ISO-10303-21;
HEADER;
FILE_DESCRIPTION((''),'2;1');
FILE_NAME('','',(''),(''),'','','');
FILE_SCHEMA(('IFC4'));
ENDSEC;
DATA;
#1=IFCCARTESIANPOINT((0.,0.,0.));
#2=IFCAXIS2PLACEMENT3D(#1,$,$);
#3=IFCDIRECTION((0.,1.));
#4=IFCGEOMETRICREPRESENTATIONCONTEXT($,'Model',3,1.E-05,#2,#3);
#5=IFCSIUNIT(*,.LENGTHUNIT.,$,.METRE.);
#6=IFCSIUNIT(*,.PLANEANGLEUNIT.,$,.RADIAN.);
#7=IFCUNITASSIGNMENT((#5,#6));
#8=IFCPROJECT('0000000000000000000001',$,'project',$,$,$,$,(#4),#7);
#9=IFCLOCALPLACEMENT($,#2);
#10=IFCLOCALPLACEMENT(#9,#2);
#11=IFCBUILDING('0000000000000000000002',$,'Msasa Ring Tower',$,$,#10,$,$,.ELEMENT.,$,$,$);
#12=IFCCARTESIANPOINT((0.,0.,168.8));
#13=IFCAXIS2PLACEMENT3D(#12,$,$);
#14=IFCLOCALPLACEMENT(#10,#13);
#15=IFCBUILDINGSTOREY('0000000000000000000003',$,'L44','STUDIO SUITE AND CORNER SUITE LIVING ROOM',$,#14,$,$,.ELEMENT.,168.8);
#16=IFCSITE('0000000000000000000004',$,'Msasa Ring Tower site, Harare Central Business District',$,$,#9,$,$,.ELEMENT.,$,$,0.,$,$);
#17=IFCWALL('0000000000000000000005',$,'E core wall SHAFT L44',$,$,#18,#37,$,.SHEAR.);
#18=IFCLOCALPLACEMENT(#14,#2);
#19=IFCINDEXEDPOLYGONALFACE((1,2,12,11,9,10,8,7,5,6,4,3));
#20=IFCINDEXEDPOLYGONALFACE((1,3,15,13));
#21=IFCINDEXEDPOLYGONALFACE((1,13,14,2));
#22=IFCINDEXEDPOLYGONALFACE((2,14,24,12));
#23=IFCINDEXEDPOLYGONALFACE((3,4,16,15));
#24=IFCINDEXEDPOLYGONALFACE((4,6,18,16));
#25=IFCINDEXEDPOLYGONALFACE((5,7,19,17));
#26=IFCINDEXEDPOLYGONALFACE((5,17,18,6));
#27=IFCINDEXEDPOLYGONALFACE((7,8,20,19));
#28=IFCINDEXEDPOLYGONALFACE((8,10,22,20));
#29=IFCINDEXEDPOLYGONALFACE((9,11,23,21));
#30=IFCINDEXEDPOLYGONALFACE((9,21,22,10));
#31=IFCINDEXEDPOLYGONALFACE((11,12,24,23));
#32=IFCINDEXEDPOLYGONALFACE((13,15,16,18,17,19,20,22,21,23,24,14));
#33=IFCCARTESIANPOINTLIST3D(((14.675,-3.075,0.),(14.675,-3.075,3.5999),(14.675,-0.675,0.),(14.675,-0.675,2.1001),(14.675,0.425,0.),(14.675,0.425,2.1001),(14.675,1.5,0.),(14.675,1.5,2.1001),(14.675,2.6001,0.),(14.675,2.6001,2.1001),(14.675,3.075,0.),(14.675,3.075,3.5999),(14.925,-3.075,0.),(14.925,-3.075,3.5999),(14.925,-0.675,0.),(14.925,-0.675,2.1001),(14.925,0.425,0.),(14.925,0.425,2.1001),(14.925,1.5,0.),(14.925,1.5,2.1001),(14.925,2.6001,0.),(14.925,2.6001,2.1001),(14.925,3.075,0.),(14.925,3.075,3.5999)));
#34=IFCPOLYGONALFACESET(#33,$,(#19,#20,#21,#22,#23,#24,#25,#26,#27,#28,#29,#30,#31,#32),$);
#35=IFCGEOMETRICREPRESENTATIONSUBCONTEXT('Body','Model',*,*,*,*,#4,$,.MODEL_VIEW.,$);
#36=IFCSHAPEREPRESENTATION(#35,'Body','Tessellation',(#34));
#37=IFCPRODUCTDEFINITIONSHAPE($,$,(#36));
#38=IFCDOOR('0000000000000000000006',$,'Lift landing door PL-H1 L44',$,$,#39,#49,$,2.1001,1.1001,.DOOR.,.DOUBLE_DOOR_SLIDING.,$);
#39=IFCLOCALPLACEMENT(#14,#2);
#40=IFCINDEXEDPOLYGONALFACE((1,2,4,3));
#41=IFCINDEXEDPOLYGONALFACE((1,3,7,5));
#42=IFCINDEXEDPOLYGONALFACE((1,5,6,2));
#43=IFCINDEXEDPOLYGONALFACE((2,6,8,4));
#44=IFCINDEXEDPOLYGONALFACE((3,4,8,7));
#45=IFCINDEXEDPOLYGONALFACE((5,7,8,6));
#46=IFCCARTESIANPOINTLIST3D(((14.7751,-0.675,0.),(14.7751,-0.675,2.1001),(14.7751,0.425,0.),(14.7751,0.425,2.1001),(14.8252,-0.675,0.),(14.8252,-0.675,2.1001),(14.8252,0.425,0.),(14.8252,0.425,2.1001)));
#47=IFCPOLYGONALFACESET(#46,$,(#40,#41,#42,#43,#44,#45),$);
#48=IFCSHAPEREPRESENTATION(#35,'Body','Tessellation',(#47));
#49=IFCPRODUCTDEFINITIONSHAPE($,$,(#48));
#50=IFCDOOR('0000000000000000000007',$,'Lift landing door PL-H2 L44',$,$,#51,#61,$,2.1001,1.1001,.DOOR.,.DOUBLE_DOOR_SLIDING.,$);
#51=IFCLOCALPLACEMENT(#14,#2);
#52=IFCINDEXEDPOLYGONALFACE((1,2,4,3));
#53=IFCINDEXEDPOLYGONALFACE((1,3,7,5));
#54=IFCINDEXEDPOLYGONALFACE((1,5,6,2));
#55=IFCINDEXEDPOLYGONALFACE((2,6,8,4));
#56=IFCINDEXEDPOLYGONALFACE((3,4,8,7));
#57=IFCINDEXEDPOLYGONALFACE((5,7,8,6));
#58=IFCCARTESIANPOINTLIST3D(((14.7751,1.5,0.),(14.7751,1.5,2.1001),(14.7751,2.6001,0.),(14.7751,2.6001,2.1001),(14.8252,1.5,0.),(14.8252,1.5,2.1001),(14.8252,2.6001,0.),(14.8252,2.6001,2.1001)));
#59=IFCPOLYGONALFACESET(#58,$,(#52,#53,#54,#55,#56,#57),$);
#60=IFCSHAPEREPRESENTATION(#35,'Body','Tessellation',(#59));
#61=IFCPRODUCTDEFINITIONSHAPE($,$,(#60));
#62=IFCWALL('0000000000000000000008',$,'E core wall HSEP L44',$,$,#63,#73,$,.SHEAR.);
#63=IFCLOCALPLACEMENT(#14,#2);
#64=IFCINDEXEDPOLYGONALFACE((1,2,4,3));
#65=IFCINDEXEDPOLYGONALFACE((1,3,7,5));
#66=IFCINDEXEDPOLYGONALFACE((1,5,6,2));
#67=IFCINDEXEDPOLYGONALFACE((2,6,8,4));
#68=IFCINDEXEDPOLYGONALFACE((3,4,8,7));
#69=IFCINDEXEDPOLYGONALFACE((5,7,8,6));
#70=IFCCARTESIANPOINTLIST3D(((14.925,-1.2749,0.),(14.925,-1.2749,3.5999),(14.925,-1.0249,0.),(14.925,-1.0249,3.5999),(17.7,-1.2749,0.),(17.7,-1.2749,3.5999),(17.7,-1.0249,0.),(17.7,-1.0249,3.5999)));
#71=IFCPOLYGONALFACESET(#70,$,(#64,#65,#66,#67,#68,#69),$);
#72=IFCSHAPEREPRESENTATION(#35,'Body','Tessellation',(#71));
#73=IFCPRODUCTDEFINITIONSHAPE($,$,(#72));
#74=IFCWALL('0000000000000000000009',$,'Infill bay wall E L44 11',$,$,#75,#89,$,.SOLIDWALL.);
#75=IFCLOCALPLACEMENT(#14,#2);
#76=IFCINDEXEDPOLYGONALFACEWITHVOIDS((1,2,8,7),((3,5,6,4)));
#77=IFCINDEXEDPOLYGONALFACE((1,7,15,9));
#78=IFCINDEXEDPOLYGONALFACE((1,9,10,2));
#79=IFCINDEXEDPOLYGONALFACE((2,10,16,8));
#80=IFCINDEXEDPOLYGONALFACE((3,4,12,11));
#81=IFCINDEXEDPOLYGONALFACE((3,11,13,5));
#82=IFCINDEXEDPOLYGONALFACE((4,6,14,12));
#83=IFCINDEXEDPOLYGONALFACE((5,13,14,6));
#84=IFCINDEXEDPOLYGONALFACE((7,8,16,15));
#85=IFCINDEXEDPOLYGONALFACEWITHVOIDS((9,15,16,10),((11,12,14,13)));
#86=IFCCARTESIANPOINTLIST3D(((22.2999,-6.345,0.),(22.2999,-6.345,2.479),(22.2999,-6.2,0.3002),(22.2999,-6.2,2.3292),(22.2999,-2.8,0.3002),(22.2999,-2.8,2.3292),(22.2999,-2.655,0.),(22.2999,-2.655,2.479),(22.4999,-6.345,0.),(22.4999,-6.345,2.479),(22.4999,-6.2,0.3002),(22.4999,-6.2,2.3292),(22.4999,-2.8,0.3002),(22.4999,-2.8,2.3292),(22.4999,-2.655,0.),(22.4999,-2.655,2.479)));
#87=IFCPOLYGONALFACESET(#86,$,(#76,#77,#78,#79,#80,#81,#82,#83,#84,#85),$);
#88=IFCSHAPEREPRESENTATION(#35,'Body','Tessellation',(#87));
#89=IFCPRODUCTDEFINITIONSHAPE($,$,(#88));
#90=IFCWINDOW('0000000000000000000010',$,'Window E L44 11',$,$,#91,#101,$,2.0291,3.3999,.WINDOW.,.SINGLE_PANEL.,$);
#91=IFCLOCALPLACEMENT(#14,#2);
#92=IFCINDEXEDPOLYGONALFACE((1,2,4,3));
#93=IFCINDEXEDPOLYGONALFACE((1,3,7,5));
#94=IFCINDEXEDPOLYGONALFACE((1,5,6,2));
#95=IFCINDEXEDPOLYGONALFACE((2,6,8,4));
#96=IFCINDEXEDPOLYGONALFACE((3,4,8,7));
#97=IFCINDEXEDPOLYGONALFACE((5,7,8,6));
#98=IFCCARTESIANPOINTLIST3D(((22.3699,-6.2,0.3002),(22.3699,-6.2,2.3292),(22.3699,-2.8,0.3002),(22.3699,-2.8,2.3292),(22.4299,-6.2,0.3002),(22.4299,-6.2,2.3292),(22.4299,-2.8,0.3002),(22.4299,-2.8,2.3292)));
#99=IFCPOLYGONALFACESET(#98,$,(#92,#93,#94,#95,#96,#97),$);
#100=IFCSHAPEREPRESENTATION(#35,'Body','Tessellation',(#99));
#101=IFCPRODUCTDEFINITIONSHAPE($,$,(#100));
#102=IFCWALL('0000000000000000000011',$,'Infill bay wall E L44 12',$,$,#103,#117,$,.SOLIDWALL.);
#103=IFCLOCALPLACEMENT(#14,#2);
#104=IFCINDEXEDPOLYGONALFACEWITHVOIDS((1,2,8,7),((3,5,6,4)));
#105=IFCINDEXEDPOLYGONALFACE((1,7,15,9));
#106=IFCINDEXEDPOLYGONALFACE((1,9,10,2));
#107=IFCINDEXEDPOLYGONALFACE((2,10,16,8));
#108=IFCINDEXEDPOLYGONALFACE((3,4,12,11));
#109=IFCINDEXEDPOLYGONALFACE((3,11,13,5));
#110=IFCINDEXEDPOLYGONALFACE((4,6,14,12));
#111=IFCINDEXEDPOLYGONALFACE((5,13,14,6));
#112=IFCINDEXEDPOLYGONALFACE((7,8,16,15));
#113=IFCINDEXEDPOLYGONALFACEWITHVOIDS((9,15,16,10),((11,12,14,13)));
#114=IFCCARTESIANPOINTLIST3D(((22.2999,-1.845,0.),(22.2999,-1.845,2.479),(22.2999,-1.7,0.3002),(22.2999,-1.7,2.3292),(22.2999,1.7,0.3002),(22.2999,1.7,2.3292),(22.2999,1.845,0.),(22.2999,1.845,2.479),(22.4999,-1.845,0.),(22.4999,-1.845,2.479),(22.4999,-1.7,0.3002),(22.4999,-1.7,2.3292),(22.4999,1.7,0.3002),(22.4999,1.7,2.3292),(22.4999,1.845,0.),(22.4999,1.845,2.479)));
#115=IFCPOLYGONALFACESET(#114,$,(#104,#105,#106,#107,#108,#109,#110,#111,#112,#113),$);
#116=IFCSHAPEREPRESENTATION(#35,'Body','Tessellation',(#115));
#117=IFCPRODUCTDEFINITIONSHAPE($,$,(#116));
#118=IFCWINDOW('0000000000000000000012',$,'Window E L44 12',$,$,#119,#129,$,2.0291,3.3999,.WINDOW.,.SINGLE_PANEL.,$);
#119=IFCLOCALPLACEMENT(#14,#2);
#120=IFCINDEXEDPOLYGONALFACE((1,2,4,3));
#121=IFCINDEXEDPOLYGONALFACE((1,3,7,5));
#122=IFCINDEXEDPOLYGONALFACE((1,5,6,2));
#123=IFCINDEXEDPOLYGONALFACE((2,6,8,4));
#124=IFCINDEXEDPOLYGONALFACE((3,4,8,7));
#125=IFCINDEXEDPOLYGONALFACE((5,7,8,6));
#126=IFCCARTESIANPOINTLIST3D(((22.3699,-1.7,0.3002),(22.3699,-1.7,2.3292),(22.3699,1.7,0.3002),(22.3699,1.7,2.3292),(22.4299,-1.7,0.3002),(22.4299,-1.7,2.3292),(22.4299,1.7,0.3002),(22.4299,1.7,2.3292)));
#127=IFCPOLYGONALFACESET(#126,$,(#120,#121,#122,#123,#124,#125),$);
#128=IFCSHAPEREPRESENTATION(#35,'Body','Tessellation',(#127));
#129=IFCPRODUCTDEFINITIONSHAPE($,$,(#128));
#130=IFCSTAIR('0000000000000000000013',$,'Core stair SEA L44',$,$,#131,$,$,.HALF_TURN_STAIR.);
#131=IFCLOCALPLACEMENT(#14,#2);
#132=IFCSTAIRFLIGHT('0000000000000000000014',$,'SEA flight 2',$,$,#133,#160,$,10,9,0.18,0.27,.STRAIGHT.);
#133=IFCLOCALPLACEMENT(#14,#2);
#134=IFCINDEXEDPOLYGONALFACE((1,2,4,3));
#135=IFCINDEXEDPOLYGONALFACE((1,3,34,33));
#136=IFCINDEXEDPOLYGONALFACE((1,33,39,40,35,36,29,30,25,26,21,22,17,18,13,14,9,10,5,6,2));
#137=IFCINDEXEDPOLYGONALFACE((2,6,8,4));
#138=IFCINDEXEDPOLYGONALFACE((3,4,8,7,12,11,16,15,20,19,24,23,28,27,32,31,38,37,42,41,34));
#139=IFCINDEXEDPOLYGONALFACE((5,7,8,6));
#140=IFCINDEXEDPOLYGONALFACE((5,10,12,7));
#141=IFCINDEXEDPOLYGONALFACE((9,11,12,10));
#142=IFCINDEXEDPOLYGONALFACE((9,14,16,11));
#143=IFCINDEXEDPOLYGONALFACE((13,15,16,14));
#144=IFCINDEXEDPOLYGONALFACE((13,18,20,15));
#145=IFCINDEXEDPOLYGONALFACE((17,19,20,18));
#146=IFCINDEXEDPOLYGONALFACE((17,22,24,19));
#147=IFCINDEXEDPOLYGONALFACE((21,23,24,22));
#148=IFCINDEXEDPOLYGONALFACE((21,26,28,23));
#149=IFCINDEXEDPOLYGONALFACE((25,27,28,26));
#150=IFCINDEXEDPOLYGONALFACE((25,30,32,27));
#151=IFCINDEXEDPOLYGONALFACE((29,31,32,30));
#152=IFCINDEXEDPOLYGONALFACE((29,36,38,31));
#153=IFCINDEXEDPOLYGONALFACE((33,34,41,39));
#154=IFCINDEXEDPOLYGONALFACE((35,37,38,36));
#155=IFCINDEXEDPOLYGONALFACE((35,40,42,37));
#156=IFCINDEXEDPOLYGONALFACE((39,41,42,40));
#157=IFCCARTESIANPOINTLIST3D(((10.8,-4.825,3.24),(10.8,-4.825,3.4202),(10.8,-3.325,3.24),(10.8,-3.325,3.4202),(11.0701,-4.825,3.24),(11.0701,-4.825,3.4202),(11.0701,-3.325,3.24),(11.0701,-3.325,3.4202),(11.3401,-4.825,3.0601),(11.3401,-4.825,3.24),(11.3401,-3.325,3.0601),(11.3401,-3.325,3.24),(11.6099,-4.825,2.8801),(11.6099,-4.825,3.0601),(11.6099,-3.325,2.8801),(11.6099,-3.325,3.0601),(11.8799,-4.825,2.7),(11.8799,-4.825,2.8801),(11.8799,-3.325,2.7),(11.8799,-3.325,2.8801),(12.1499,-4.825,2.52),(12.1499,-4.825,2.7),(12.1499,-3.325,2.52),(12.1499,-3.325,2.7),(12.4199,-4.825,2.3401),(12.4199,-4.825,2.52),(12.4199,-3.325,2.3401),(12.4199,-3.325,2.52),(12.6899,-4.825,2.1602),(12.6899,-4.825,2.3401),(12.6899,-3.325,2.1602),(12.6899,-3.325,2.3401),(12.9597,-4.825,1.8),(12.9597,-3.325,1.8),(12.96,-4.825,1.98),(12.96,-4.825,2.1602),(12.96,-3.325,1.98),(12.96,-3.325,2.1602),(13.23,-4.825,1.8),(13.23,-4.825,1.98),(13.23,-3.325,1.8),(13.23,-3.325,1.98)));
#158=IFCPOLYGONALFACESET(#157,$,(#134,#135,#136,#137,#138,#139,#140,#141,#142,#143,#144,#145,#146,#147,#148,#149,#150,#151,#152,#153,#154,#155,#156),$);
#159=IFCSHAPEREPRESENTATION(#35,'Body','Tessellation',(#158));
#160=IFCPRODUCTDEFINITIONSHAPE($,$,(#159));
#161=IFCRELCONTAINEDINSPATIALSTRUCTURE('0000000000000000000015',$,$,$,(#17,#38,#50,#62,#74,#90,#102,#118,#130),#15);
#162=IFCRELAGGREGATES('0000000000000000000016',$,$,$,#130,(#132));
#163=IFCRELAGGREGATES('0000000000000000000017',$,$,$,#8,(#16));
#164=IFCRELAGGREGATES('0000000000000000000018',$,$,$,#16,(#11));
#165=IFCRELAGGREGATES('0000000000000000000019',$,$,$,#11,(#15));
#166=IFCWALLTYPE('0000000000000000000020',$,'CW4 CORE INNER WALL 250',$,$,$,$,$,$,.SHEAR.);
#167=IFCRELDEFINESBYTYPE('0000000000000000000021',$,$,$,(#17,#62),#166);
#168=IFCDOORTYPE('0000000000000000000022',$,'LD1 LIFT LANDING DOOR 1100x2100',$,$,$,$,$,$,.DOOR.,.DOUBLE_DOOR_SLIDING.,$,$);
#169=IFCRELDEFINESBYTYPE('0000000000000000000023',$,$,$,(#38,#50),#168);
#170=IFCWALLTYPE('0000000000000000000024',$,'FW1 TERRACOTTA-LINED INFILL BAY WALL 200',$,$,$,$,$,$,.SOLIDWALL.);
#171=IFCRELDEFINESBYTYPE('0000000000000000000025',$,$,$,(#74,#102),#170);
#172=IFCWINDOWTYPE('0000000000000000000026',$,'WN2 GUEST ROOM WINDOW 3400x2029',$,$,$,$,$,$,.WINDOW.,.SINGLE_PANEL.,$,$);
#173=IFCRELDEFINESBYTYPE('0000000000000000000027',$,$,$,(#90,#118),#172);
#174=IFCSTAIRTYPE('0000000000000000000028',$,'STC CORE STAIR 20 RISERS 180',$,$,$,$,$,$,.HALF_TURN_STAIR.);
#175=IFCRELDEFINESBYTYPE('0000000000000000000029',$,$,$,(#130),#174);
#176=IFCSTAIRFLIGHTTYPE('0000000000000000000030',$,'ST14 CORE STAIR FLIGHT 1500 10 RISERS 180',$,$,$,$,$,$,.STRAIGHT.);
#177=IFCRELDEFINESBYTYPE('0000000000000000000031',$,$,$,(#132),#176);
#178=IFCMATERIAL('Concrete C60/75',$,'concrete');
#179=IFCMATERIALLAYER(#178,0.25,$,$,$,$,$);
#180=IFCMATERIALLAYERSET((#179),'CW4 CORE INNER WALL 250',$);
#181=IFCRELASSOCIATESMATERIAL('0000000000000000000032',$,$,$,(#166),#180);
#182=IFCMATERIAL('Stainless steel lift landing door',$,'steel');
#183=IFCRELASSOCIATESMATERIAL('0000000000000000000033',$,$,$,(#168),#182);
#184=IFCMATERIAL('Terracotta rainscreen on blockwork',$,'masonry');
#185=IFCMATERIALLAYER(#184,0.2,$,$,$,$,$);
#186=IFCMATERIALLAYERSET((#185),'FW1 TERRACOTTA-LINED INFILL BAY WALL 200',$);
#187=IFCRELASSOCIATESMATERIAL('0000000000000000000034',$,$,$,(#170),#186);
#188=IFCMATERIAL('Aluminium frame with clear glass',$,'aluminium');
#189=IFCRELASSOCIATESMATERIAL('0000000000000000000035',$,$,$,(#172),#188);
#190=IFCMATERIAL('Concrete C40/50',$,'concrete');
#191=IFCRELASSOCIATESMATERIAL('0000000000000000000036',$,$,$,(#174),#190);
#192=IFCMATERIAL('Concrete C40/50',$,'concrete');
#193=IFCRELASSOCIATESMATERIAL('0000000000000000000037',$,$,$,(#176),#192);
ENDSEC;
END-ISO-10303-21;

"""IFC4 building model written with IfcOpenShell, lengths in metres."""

from ifc_helpers import new_model, si_unit, direction, frame, frame_2d, origin, place, context, subcontext, project, spatial, polyline, rectangle, outline, extrude, material, layer, layer_set, type_object, element, fill, aggregate, save


model = new_model("IFC4")

# Units and contexts
model_context = context("Model", 3, precision=1e-05, world=origin(), true_north=direction((0.0, 1.0)))
body_context = subcontext(model_context, "Body", "Model", "MODEL_VIEW")
ifc_project = project(units=[si_unit("LENGTHUNIT", "METRE"), si_unit("PLANEANGLEUNIT", "RADIAN")], contexts=[model_context])

# Site, building, storey
site_placement = place(None, origin())
site = spatial("IfcSite", under=ifc_project, at=site_placement, Name="Msasa Ring Tower site, Harare Central Business District", CompositionType="ELEMENT", RefElevation=0.0)
building_placement = place(site_placement, origin())
building = spatial("IfcBuilding", under=site, at=building_placement, Name="Msasa Ring Tower", CompositionType="ELEMENT")
storey_placement = place(building_placement, frame((0.0, 0.0, 168.8)))
storey = spatial("IfcBuildingStorey", under=building, at=storey_placement, Name="L44", Description="STUDIO SUITE AND CORNER SUITE LIVING ROOM", CompositionType="ELEMENT", Elevation=168.8)

# Shared definitions
ifc_material_1 = material(Name="Concrete C60/75", Category="concrete")
ifc_layer_1 = layer(ifc_material_1, 0.25)
ifc_layer_set_1 = layer_set([ifc_layer_1], Name="CW4 CORE INNER WALL 250")
wall_type_1 = type_object("IfcWallType", Name="CW4 CORE INNER WALL 250", PredefinedType="SHEAR", material=ifc_layer_set_1)

# Wall, openings, doors
wall_1_placement = place(storey_placement, frame((14.8, -3.075, 0.0), z_axis=(0.0, 0.0, 1.0), x_axis=(0.0, 1.0, 0.0)))
wall_1 = element("IfcWall", 1, at=wall_1_placement, inside=storey, type_object=wall_type_1, Name="E core wall SHAFT L44", PredefinedType="SHEAR", context=body_context, shape_type="SweptSolid", body=[
    extrude(rectangle(XDim=6.1499, YDim=0.25, at=frame_2d((3.075, 0.0))), origin(), (0.0, 0.0, 1.0), 3.5999),
])
opening_1_placement = place(wall_1_placement, frame((2.3999, 0.0, 0.0)))
opening_1 = element("IfcOpeningElement", 2, at=opening_1_placement, cuts=wall_1, PredefinedType="OPENING", context=body_context, shape_type="SweptSolid", body=[
    extrude(rectangle(XDim=1.1001, YDim=2.1001, at=frame_2d((0.55, 1.05))), frame((0.0, 0.135, 0.0), z_axis=(0.0, -1.0, 0.0), x_axis=(1.0, 0.0, 0.0)), (0.0, 0.0, 1.0), 0.27),
])
opening_2_placement = place(wall_1_placement, frame((4.575, 0.0, 0.0)))
opening_2 = element("IfcOpeningElement", 3, at=opening_2_placement, cuts=wall_1, PredefinedType="OPENING", context=body_context, shape_type="SweptSolid", body=[
    extrude(rectangle(XDim=1.1001, YDim=2.1001, at=frame_2d((0.55, 1.05))), frame((0.0, 0.135, 0.0), z_axis=(0.0, -1.0, 0.0), x_axis=(1.0, 0.0, 0.0)), (0.0, 0.0, 1.0), 0.27),
])
ifc_material_2 = material(Name="Stainless steel lift landing door", Category="steel")
door_type = type_object("IfcDoorType", Name="LD1 LIFT LANDING DOOR 1100x2100", OperationType="DOUBLE_DOOR_SLIDING", PredefinedType="DOOR", material=ifc_material_2)
door_1_placement = place(opening_1_placement, origin())
door_1 = element("IfcDoor", 4, at=door_1_placement, inside=storey, type_object=door_type, Name="Lift landing door PL-H1 L44", OperationType="DOUBLE_DOOR_SLIDING", OverallHeight=2.1001, OverallWidth=1.1001, PredefinedType="DOOR", context=body_context, shape_type="SweptSolid", body=[
    extrude(rectangle(XDim=1.1001, YDim=2.1001, at=frame_2d((0.55, 1.05))), frame((0.0, 0.0249, 0.0), z_axis=(0.0, -1.0, 0.0), x_axis=(1.0, 0.0, 0.0)), (0.0, 0.0, 1.0), 0.05),
])
fill(opening_1, door_1)
door_2_placement = place(opening_2_placement, origin())
door_2 = element("IfcDoor", 5, at=door_2_placement, inside=storey, type_object=door_type, Name="Lift landing door PL-H2 L44", OperationType="DOUBLE_DOOR_SLIDING", OverallHeight=2.1001, OverallWidth=1.1001, PredefinedType="DOOR", context=body_context, shape_type="SweptSolid", body=[
    extrude(rectangle(XDim=1.1001, YDim=2.1001, at=frame_2d((0.55, 1.05))), frame((0.0, 0.0249, 0.0), z_axis=(0.0, -1.0, 0.0), x_axis=(1.0, 0.0, 0.0)), (0.0, 0.0, 1.0), 0.05),
])
fill(opening_2, door_2)

# Wall
wall_2_placement = place(storey_placement, frame((14.925, -1.1499, 0.0), z_axis=(0.0, 0.0, 1.0), x_axis=(1.0, 0.0, 0.0)))
element("IfcWall", 6, at=wall_2_placement, inside=storey, type_object=wall_type_1, Name="E core wall HSEP L44", PredefinedType="SHEAR", context=body_context, shape_type="SweptSolid", body=[
    extrude(rectangle(XDim=2.7749, YDim=0.25, at=frame_2d((1.3875, 0.0))), origin(), (0.0, 0.0, 1.0), 3.5999),
])

# Walls, openings, windows
ifc_material_3 = material(Name="Terracotta rainscreen on blockwork", Category="masonry")
ifc_layer_2 = layer(ifc_material_3, 0.2)
ifc_layer_set_2 = layer_set([ifc_layer_2], Name="FW1 TERRACOTTA-LINED INFILL BAY WALL 200")
wall_type_2 = type_object("IfcWallType", Name="FW1 TERRACOTTA-LINED INFILL BAY WALL 200", PredefinedType="SOLIDWALL", material=ifc_layer_set_2)
wall_3_placement = place(storey_placement, frame((22.3999, -6.345, 0.0), z_axis=(0.0, 0.0, 1.0), x_axis=(0.0, 1.0, 0.0)))
wall_3 = element("IfcWall", 7, at=wall_3_placement, inside=storey, type_object=wall_type_2, Name="Infill bay wall E L44 11", PredefinedType="SOLIDWALL", context=body_context, shape_type="SweptSolid", body=[
    extrude(rectangle(XDim=3.6899, YDim=0.2, at=frame_2d((1.845, 0.0))), origin(), (0.0, 0.0, 1.0), 2.479),
])
opening_3_placement = place(wall_3_placement, frame((0.145, 0.0, 0.3)))
opening_3 = element("IfcOpeningElement", 8, at=opening_3_placement, cuts=wall_3, PredefinedType="OPENING", context=body_context, shape_type="SweptSolid", body=[
    extrude(rectangle(XDim=3.3999, YDim=2.0291, at=frame_2d((1.7, 1.0146))), frame((0.0, 0.1099, 0.0), z_axis=(0.0, -1.0, 0.0), x_axis=(1.0, 0.0, 0.0)), (0.0, 0.0, 1.0), 0.22),
])
ifc_material_4 = material(Name="Aluminium frame with clear glass", Category="aluminium")
window_type = type_object("IfcWindowType", Name="WN2 GUEST ROOM WINDOW 3400x2029", PartitioningType="SINGLE_PANEL", PredefinedType="WINDOW", material=ifc_material_4)
window_1_placement = place(opening_3_placement, origin())
window_1 = element("IfcWindow", 9, at=window_1_placement, inside=storey, type_object=window_type, Name="Window E L44 11", OverallHeight=2.0291, OverallWidth=3.3999, PartitioningType="SINGLE_PANEL", PredefinedType="WINDOW", context=body_context, shape_type="SweptSolid", body=[
    extrude(rectangle(XDim=3.3999, YDim=2.0291, at=frame_2d((1.7, 1.0146))), frame((0.0, 0.03, 0.0), z_axis=(0.0, -1.0, 0.0), x_axis=(1.0, 0.0, 0.0)), (0.0, 0.0, 1.0), 0.0601),
])
fill(opening_3, window_1)
wall_4_placement = place(storey_placement, frame((22.3999, -1.845, 0.0), z_axis=(0.0, 0.0, 1.0), x_axis=(0.0, 1.0, 0.0)))
wall_4 = element("IfcWall", 10, at=wall_4_placement, inside=storey, type_object=wall_type_2, Name="Infill bay wall E L44 12", PredefinedType="SOLIDWALL", context=body_context, shape_type="SweptSolid", body=[
    extrude(rectangle(XDim=3.6899, YDim=0.2, at=frame_2d((1.845, 0.0))), origin(), (0.0, 0.0, 1.0), 2.479),
])
opening_4_placement = place(wall_4_placement, frame((0.145, 0.0, 0.3)))
opening_4 = element("IfcOpeningElement", 11, at=opening_4_placement, cuts=wall_4, PredefinedType="OPENING", context=body_context, shape_type="SweptSolid", body=[
    extrude(rectangle(XDim=3.3999, YDim=2.0291, at=frame_2d((1.7, 1.0146))), frame((0.0, 0.1099, 0.0), z_axis=(0.0, -1.0, 0.0), x_axis=(1.0, 0.0, 0.0)), (0.0, 0.0, 1.0), 0.22),
])
window_2_placement = place(opening_4_placement, origin())
window_2 = element("IfcWindow", 12, at=window_2_placement, inside=storey, type_object=window_type, Name="Window E L44 12", OverallHeight=2.0291, OverallWidth=3.3999, PartitioningType="SINGLE_PANEL", PredefinedType="WINDOW", context=body_context, shape_type="SweptSolid", body=[
    extrude(rectangle(XDim=3.3999, YDim=2.0291, at=frame_2d((1.7, 1.0146))), frame((0.0, 0.03, 0.0), z_axis=(0.0, -1.0, 0.0), x_axis=(1.0, 0.0, 0.0)), (0.0, 0.0, 1.0), 0.0601),
])
fill(opening_4, window_2)

# Stair, stair flight
ifc_material_5 = material(Name="Concrete C40/50", Category="concrete")
stair_type = type_object("IfcStairType", Name="STC CORE STAIR 20 RISERS 180", PredefinedType="HALF_TURN_STAIR", material=ifc_material_5)
stair_placement = place(storey_placement, origin())
stair = element("IfcStair", 13, at=stair_placement, inside=storey, type_object=stair_type, Name="Core stair SEA L44", PredefinedType="HALF_TURN_STAIR")
ifc_material_6 = material(Name="Concrete C40/50", Category="concrete")
stair_flight_type = type_object("IfcStairFlightType", Name="ST14 CORE STAIR FLIGHT 1500 10 RISERS 180", PredefinedType="STRAIGHT", material=ifc_material_6)
stair_flight_placement = place(storey_placement, frame((13.23, -4.075, 1.8), z_axis=(0.0, 0.0, 1.0), x_axis=(-1.0, 0.0, 0.0)))
stair_flight = element("IfcStairFlight", 14, at=stair_flight_placement, type_object=stair_flight_type, Name="SEA flight 2", NumberOfRisers=10, NumberOfTreads=9, PredefinedType="STRAIGHT", RiserHeight=0.18, TreadLength=0.27, context=body_context, shape_type="SweptSolid", body=[
    extrude(outline(polyline([(0.0, 0.0), (0.0, 0.1799), (0.27, 0.1799), (0.27, 0.3601), (0.54, 0.3601), (0.54, 0.54), (0.8101, 0.54), (0.8101, 0.72), (1.0801, 0.72), (1.0801, 0.8999), (1.3501, 0.8999), (1.3501, 1.0801), (1.6201, 1.0801), (1.6201, 1.26), (1.8899, 1.26), (1.8899, 1.4399), (2.1599, 1.4399), (2.1599, 1.6201), (2.4299, 1.6201), (2.4299, 1.8), (2.4299, 1.4399), (0.2703, 0.0), (0.0, 0.0)])), frame((0.0, 0.75, 0.0), z_axis=(0.0, -1.0, 0.0), x_axis=(1.0, 0.0, 0.0)), (0.0, 0.0, 1.0), 1.5),
])
aggregate(stair, [stair_flight])

save(model, "model.ifc")
